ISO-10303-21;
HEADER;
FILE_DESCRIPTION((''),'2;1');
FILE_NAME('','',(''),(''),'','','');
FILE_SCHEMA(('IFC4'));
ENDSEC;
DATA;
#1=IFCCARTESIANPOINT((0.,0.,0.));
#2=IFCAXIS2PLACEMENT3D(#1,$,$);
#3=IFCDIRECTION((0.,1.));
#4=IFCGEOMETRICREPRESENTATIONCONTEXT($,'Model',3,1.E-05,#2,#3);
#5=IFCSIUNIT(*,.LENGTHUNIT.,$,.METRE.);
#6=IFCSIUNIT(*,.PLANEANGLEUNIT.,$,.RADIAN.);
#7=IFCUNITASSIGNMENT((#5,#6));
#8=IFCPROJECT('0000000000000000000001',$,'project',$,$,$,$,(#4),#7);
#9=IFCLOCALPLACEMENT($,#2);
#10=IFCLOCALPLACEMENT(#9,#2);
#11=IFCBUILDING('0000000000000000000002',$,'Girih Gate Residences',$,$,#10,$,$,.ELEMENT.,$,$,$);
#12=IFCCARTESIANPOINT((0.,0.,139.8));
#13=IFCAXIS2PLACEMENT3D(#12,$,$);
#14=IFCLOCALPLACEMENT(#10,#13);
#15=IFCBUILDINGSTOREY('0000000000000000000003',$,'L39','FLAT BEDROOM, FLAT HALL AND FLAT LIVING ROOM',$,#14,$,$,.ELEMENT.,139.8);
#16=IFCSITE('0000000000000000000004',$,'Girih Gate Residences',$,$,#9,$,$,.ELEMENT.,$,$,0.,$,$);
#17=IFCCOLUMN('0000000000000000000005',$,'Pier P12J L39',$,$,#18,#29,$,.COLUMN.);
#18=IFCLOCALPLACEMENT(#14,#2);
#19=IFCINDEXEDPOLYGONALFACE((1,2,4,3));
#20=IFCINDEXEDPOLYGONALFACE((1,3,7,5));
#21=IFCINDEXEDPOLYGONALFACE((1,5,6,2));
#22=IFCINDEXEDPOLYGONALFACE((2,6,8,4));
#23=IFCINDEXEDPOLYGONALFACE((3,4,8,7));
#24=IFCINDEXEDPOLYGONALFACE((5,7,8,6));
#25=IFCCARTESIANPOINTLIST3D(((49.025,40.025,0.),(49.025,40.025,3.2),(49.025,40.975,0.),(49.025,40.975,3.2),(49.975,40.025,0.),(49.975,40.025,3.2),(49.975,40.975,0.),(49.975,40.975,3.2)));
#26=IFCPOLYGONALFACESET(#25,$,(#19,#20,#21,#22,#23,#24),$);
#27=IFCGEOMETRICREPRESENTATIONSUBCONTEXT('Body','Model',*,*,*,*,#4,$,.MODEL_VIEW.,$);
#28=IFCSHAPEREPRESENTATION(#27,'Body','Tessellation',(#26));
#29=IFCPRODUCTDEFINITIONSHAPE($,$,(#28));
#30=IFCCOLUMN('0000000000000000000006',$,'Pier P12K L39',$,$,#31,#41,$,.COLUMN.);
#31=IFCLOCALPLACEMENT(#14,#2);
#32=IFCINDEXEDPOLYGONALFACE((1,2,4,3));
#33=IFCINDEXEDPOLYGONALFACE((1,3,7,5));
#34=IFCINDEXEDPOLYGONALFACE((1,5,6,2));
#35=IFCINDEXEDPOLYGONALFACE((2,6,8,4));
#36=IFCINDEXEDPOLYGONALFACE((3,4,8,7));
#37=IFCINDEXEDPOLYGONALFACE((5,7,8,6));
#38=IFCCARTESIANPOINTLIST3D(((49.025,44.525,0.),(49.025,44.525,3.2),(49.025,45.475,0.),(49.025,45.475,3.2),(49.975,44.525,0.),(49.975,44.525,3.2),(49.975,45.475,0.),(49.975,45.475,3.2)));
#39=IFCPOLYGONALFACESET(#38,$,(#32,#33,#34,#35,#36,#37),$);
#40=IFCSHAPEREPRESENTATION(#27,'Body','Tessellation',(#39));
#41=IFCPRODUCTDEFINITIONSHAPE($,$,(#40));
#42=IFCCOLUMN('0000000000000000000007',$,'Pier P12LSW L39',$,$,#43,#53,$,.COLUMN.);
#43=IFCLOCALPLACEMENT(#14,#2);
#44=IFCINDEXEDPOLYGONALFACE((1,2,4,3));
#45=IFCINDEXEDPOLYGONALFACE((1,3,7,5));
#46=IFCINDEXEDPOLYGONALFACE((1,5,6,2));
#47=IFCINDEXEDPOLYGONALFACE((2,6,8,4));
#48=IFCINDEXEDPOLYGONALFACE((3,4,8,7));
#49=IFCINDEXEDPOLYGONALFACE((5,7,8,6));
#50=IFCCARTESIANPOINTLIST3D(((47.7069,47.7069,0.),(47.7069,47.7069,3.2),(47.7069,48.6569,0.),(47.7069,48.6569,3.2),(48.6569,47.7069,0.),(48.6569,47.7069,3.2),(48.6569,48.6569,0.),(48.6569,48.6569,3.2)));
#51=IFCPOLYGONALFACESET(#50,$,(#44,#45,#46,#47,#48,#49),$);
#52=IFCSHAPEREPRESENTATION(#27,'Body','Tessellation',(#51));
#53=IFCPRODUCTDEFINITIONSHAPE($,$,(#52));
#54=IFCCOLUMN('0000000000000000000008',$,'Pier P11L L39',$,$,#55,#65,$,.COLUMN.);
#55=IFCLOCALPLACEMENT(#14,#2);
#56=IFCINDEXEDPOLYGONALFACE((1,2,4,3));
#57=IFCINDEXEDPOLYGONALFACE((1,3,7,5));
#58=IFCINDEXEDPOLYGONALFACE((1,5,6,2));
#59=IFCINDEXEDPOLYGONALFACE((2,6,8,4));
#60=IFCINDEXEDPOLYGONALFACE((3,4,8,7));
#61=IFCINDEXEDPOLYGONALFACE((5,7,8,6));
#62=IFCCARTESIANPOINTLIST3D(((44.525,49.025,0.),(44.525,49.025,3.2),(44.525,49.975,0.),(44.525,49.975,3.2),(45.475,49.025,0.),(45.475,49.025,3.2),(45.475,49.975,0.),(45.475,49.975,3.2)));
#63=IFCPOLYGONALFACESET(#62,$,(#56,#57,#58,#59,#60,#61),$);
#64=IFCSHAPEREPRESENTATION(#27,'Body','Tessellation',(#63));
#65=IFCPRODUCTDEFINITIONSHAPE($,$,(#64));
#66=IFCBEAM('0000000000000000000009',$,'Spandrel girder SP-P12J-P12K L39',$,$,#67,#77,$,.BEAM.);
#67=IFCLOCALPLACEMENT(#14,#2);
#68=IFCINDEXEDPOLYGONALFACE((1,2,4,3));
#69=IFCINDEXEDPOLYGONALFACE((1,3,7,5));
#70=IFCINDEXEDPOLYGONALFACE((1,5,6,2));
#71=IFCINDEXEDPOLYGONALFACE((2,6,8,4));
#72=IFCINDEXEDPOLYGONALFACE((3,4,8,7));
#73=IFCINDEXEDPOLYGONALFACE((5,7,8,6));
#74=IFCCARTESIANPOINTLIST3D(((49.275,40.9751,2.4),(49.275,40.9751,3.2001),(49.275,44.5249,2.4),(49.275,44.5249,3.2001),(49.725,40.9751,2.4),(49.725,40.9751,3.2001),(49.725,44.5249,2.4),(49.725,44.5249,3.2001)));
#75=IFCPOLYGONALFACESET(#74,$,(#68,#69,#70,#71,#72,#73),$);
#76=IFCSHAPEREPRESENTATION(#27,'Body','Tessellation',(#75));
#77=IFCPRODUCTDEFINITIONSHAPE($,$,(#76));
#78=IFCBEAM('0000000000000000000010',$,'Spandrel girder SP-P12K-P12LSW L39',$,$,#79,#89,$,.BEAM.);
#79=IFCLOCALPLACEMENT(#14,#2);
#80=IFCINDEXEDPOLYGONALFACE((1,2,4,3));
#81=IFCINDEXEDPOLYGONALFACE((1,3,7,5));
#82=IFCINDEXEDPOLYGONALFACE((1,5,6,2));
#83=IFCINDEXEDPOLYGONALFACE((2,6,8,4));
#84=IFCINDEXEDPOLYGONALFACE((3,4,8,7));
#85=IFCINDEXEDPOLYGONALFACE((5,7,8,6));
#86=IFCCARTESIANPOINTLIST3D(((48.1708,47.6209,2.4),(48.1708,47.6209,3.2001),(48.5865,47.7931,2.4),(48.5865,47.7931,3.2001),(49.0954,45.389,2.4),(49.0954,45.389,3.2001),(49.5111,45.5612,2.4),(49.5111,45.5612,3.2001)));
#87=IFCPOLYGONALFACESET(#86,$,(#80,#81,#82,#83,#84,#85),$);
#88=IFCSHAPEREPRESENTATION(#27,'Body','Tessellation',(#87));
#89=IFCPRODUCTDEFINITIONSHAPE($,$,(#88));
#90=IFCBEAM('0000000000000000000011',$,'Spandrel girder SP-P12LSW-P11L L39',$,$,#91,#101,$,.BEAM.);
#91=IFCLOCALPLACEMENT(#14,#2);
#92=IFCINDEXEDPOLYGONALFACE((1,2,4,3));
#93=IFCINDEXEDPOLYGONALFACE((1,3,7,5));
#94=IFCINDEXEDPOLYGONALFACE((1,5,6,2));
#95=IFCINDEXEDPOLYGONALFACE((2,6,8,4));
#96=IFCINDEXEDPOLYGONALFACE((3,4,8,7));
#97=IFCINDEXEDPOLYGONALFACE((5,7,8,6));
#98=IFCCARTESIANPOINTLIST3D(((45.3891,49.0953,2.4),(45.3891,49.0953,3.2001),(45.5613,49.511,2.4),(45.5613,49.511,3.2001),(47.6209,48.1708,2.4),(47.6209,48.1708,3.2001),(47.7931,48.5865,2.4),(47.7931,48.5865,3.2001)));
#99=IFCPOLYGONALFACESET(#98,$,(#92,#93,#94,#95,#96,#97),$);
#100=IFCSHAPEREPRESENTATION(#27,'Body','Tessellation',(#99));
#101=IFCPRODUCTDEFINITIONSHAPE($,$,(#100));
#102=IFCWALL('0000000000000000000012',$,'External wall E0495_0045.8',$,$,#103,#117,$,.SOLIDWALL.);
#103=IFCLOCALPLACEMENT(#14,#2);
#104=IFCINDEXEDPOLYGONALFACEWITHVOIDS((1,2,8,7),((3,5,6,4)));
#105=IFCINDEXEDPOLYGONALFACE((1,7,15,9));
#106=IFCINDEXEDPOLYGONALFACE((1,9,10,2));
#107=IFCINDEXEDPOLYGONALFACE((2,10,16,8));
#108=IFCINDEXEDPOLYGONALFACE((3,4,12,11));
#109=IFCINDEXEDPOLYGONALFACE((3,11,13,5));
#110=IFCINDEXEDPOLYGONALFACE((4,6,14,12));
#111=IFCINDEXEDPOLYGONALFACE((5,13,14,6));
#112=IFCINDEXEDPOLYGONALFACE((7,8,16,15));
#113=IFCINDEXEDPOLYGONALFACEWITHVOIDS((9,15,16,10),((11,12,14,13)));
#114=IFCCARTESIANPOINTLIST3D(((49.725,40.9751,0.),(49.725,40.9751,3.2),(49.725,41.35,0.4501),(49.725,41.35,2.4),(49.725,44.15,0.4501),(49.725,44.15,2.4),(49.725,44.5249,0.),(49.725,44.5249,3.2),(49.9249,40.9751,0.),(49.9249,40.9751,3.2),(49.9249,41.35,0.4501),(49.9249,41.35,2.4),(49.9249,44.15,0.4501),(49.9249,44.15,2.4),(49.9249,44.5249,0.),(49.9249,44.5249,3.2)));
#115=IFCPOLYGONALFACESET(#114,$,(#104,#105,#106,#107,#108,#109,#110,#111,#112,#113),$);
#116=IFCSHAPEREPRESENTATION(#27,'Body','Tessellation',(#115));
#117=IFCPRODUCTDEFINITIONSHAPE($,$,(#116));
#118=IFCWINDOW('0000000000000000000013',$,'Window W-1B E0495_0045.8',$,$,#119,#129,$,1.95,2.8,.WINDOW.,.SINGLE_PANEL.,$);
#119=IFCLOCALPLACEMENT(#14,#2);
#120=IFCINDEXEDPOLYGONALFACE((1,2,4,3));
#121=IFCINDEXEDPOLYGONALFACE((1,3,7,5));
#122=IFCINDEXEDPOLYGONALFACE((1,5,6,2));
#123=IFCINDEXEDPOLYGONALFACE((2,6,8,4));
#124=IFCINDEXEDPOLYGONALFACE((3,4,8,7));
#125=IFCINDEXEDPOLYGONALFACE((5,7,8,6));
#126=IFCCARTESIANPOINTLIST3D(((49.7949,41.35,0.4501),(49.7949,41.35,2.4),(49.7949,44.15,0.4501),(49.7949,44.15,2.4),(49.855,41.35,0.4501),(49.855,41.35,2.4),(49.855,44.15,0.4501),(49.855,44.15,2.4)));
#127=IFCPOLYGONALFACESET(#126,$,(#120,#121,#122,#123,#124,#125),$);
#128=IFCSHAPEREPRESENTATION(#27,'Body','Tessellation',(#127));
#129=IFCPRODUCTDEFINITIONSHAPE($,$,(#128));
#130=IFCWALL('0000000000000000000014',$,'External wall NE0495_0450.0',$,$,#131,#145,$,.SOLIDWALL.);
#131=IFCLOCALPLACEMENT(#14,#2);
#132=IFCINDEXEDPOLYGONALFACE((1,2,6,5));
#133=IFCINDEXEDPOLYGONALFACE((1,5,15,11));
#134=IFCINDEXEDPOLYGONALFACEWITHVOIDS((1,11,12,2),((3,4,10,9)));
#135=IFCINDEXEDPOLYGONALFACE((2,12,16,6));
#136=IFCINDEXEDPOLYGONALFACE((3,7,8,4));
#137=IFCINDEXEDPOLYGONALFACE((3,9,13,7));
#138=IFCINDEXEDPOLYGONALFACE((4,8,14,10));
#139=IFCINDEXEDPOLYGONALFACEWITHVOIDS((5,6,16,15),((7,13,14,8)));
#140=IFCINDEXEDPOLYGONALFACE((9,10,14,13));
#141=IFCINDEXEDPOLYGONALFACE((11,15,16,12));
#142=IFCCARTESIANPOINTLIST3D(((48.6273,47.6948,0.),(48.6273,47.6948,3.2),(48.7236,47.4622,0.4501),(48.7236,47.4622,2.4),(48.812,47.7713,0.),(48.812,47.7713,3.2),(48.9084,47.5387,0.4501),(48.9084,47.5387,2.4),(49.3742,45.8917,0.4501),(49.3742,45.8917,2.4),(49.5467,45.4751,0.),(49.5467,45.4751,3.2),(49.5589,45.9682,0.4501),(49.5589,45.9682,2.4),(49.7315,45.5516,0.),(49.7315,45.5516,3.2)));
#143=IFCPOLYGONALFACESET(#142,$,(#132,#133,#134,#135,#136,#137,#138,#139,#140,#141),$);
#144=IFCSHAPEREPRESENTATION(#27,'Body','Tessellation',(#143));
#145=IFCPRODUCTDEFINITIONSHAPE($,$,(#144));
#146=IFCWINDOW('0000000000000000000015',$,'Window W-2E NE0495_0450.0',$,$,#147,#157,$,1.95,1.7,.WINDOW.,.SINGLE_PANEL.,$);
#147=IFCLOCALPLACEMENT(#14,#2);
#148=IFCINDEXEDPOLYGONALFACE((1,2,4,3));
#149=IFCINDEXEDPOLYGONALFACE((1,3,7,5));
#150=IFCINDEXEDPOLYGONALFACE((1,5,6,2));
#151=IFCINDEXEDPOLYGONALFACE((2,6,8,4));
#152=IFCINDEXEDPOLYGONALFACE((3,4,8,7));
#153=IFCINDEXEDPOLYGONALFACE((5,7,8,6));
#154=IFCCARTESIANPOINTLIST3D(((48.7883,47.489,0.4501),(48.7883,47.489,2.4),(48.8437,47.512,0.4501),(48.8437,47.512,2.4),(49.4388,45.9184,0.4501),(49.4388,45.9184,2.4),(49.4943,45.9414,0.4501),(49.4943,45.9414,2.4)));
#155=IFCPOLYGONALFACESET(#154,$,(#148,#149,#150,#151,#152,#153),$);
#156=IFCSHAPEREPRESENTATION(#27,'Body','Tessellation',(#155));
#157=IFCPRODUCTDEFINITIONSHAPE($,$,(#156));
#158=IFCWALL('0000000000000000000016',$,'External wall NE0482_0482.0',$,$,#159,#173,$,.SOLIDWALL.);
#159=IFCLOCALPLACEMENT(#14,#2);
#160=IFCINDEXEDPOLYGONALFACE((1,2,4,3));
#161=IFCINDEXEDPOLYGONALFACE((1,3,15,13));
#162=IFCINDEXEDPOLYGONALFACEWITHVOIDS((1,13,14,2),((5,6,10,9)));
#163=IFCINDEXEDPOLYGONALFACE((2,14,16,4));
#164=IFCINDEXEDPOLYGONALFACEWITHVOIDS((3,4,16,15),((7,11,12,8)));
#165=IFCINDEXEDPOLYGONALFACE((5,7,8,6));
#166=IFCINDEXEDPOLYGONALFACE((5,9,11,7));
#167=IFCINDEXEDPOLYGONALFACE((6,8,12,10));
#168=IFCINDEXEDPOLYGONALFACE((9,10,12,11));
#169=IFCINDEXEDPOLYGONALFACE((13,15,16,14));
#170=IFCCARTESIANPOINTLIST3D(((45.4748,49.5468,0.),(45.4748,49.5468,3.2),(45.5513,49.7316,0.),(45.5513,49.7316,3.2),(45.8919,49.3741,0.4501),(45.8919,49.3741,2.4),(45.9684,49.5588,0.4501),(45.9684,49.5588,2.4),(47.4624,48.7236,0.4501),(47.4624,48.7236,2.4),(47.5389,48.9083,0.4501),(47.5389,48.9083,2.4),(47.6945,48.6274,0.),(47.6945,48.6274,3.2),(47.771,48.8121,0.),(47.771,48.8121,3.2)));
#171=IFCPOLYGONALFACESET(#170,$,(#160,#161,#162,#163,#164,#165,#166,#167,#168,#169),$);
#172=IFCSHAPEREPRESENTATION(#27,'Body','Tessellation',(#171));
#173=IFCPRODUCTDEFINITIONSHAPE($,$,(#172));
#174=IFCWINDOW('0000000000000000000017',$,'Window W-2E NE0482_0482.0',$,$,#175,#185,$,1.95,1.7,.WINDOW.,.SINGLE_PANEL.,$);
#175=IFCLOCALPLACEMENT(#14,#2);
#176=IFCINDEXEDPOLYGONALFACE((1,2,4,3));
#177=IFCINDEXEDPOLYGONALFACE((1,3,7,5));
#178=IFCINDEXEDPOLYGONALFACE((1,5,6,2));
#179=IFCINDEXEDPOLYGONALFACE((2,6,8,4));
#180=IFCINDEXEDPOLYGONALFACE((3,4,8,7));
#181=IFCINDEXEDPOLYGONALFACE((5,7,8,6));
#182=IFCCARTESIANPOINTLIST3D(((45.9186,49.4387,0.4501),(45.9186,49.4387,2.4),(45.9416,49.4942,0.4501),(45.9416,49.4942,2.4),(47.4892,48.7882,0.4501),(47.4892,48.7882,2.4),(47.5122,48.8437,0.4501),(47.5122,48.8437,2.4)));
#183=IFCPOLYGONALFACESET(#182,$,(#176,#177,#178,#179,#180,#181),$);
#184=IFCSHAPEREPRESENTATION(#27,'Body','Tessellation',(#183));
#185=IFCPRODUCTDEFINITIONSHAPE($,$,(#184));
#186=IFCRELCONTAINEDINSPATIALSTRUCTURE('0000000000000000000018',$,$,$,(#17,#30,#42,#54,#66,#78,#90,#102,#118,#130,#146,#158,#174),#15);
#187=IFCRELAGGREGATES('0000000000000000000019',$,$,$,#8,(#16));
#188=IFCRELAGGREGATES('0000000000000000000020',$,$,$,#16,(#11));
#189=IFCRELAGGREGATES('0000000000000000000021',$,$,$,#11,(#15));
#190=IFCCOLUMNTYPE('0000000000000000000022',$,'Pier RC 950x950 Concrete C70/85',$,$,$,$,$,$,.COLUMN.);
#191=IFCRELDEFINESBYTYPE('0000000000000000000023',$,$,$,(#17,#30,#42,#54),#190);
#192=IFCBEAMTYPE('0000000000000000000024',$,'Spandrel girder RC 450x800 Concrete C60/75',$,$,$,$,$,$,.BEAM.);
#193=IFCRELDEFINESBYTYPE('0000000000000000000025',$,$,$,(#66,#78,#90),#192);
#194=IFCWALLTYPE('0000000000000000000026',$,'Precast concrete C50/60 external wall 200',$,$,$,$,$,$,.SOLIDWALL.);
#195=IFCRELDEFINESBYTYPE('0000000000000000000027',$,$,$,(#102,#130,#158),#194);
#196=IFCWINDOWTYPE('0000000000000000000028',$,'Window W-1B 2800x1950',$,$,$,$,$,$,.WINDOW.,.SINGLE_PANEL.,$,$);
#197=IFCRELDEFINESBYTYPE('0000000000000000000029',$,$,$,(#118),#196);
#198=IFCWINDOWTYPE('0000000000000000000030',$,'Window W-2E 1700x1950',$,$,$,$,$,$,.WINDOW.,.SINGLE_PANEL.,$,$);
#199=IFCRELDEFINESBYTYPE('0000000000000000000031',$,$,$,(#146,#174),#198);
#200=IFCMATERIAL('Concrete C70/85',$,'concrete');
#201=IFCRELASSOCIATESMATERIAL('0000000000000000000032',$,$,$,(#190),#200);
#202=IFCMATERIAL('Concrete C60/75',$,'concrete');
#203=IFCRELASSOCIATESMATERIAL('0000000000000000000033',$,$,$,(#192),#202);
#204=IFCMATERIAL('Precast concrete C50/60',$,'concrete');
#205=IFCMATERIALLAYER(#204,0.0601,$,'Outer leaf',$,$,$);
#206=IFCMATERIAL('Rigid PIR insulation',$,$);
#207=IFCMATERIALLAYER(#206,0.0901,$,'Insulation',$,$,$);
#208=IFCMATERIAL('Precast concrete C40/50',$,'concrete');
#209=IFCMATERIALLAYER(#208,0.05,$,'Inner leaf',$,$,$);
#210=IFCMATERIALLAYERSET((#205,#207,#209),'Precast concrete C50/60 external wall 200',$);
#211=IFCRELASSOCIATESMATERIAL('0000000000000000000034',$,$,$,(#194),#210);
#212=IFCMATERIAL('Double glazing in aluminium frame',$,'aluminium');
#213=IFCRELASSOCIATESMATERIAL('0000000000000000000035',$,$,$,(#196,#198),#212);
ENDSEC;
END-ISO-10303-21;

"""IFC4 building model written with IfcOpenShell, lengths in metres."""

from ifc_helpers import new_model, si_unit, direction, frame, frame_2d, origin, origin_2d, place, context, subcontext, project, spatial, rectangle, extrude, material, layer, layer_set, material_profile, profile_set, type_object, element, fill, save


model = new_model("IFC4")

# Units and contexts
model_context = context("Model", 3, precision=1e-05, world=origin(), true_north=direction((0.0, 1.0)))
body_context = subcontext(model_context, "Body", "Model", "MODEL_VIEW")
ifc_project = project(units=[si_unit("LENGTHUNIT", "METRE"), si_unit("PLANEANGLEUNIT", "RADIAN")], contexts=[model_context])

# Site, building, storey
site_placement = place(None, origin())
site = spatial("IfcSite", under=ifc_project, at=site_placement, Name="Girih Gate Residences", CompositionType="ELEMENT", RefElevation=0.0)
building_placement = place(site_placement, origin())
building = spatial("IfcBuilding", under=site, at=building_placement, Name="Girih Gate Residences", CompositionType="ELEMENT")
storey_placement = place(building_placement, frame((0.0, 0.0, 139.8)))
storey = spatial("IfcBuildingStorey", under=building, at=storey_placement, Name="L39", Description="FLAT BEDROOM, FLAT HALL AND FLAT LIVING ROOM", CompositionType="ELEMENT", Elevation=139.8)

# Columns
ifc_material_1 = material(Name="Concrete C70/85", Category="concrete")
ifc_material_profile_1 = material_profile(ifc_material_1, rectangle(XDim=0.95, YDim=0.95, at=origin_2d()))
ifc_profile_set_1 = profile_set([ifc_material_profile_1], Name="Concrete C70/85")
column_type = type_object("IfcColumnType", Name="Pier RC 950x950 Concrete C70/85", PredefinedType="COLUMN", material=ifc_profile_set_1)
for number, where, z_axis, x_axis, name in (
    (1, (49.5, 40.5, 0.0), (0.0, 0.0, 1.0), (1.0, 0.0, 0.0), "Pier P12J L39"),
    (2, (49.5, 45.0, 0.0), (0.0, 0.0, 1.0), (1.0, 0.0, 0.0), "Pier P12K L39"),
    (3, (48.1819, 48.1819, 0.0), (0.0, 0.0, 1.0), (1.0, 0.0, 0.0), "Pier P12LSW L39"),
    (4, (45.0, 49.5, 0.0), (0.0, 0.0, 1.0), (1.0, 0.0, 0.0), "Pier P11L L39"),
):
    element("IfcColumn", number, at=place(storey_placement, frame(where, z_axis=z_axis, x_axis=x_axis)), inside=storey, type_object=column_type, Name=name, PredefinedType="COLUMN", context=body_context, shape_type="SweptSolid", body=[
        extrude(rectangle(XDim=0.95, YDim=0.95, at=origin_2d()), origin(), (0.0, 0.0, 1.0), 3.2),
    ])

# Beams
ifc_material_2 = material(Name="Concrete C60/75", Category="concrete")
ifc_material_profile_2 = material_profile(ifc_material_2, rectangle(XDim=0.45, YDim=0.8, at=origin_2d()))
ifc_profile_set_2 = profile_set([ifc_material_profile_2], Name="Concrete C60/75")
beam_type = type_object("IfcBeamType", Name="Spandrel girder RC 450x800 Concrete C60/75", PredefinedType="BEAM", material=ifc_profile_set_2)
beam_placement = place(storey_placement, frame((49.5, 40.9751, 2.8), z_axis=(0.0, 1.0, 0.0), x_axis=(-1.0, 0.0, 0.0)))
element("IfcBeam", 5, at=beam_placement, inside=storey, type_object=beam_type, Name="Spandrel girder SP-P12J-P12K L39", PredefinedType="BEAM", context=body_context, shape_type="SweptSolid", body=[
    extrude(rectangle(XDim=0.45, YDim=0.8, at=origin_2d()), origin(), (0.0, 0.0, 1.0), 3.5498),
])
for number, where, z_axis, x_axis, name in (
    (6, (49.3032, 45.4751, 2.8), (-0.382706, 0.92387, 0.0), (-0.92387, -0.382706, 0.0), "Spandrel girder SP-P12K-P12LSW L39"),
    (7, (47.707, 48.3787, 2.8), (-0.92387, 0.382706, 0.0), (-0.382706, -0.92387, 0.0), "Spandrel girder SP-P12LSW-P11L L39"),
):
    element("IfcBeam", number, at=place(storey_placement, frame(where, z_axis=z_axis, x_axis=x_axis)), inside=storey, type_object=beam_type, Name=name, PredefinedType="BEAM", context=body_context, shape_type="SweptSolid", body=[
        extrude(rectangle(XDim=0.45, YDim=0.8, at=origin_2d()), origin(), (0.0, 0.0, 1.0), 2.4158),
    ])

# Walls, openings, windows
ifc_material_3 = material(Name="Precast concrete C50/60", Category="concrete")
ifc_layer_1 = layer(ifc_material_3, 0.0601, Name="Outer leaf")
ifc_material_4 = material(Name="Rigid PIR insulation")
ifc_layer_2 = layer(ifc_material_4, 0.0901, Name="Insulation")
ifc_material_5 = material(Name="Precast concrete C40/50", Category="concrete")
ifc_layer_3 = layer(ifc_material_5, 0.05, Name="Inner leaf")
ifc_layer_set = layer_set([ifc_layer_1, ifc_layer_2, ifc_layer_3], Name="Precast concrete C50/60 external wall 200")
wall_type = type_object("IfcWallType", Name="Precast concrete C50/60 external wall 200", PredefinedType="SOLIDWALL", material=ifc_layer_set)
wall_1_placement = place(storey_placement, frame((49.825, 44.5249, 0.0), z_axis=(0.0, 0.0, 1.0), x_axis=(0.0, -1.0, 0.0)))
wall_1 = element("IfcWall", 8, at=wall_1_placement, inside=storey, type_object=wall_type, Name="External wall E0495_0045.8", PredefinedType="SOLIDWALL", context=body_context, shape_type="SweptSolid", body=[
    extrude(rectangle(XDim=3.5498, YDim=0.2, at=frame_2d((1.7749, 0.0))), origin(), (0.0, 0.0, 1.0), 3.2),
])
opening_1_placement = place(wall_1_placement, frame((0.375, 0.0, 0.45)))
opening_1 = element("IfcOpeningElement", 9, at=opening_1_placement, cuts=wall_1, PredefinedType="OPENING", context=body_context, shape_type="SweptSolid", body=[
    extrude(rectangle(XDim=2.8, YDim=1.95, at=frame_2d((1.3999, 0.9751))), frame((0.0, 0.1099, 0.0), z_axis=(0.0, -1.0, 0.0), x_axis=(1.0, 0.0, 0.0)), (0.0, 0.0, 1.0), 0.22),
])
ifc_material_6 = material(Name="Double glazing in aluminium frame", Category="aluminium")
window_type_1 = type_object("IfcWindowType", Name="Window W-1B 2800x1950", PartitioningType="SINGLE_PANEL", PredefinedType="WINDOW", material=ifc_material_6)
window_1_placement = place(opening_1_placement, origin())
window_1 = element("IfcWindow", 10, at=window_1_placement, inside=storey, type_object=window_type_1, Name="Window W-1B E0495_0045.8", OverallHeight=1.95, OverallWidth=2.8, PartitioningType="SINGLE_PANEL", PredefinedType="WINDOW", context=body_context, shape_type="SweptSolid", body=[
    extrude(rectangle(XDim=2.8, YDim=1.95, at=frame_2d((1.3999, 0.9751))), frame((0.0, 0.03, 0.0), z_axis=(0.0, -1.0, 0.0), x_axis=(1.0, 0.0, 0.0)), (0.0, 0.0, 1.0), 0.0601),
])
fill(opening_1, window_1)
wall_2_placement = place(storey_placement, frame((48.7197, 47.7329, 0.0), z_axis=(0.0, 0.0, 1.0), x_axis=(0.382681, -0.923881, 0.0)))
wall_2 = element("IfcWall", 11, at=wall_2_placement, inside=storey, type_object=wall_type, Name="External wall NE0495_0450.0", PredefinedType="SOLIDWALL", context=body_context, shape_type="SweptSolid", body=[
    extrude(rectangle(XDim=2.4026, YDim=0.2, at=frame_2d((1.2012, 0.0))), origin(), (0.0, 0.0, 1.0), 3.2),
])
opening_2_placement = place(wall_2_placement, frame((0.2515, 0.0, 0.45)))
opening_2 = element("IfcOpeningElement", 12, at=opening_2_placement, cuts=wall_2, PredefinedType="OPENING", context=body_context, shape_type="SweptSolid", body=[
    extrude(rectangle(XDim=1.7, YDim=1.95, at=frame_2d((0.8501, 0.9751))), frame((0.0, 0.1099, 0.0), z_axis=(0.0, -1.0, 0.0), x_axis=(1.0, 0.0, 0.0)), (0.0, 0.0, 1.0), 0.22),
])
window_type_2 = type_object("IfcWindowType", Name="Window W-2E 1700x1950", PartitioningType="SINGLE_PANEL", PredefinedType="WINDOW", material=ifc_material_6)
window_2_placement = place(opening_2_placement, origin())
window_2 = element("IfcWindow", 13, at=window_2_placement, inside=storey, type_object=window_type_2, Name="Window W-2E NE0495_0450.0", OverallHeight=1.95, OverallWidth=1.7, PartitioningType="SINGLE_PANEL", PredefinedType="WINDOW", context=body_context, shape_type="SweptSolid", body=[
    extrude(rectangle(XDim=1.7, YDim=1.95, at=frame_2d((0.8501, 0.9751))), frame((0.0, 0.03, 0.0), z_axis=(0.0, -1.0, 0.0), x_axis=(1.0, 0.0, 0.0)), (0.0, 0.0, 1.0), 0.0601),
])
fill(opening_2, window_2)
wall_3_placement = place(storey_placement, frame((45.5132, 49.6392, 0.0), z_axis=(0.0, 0.0, 1.0), x_axis=(0.923881, -0.382681, 0.0)))
wall_3 = element("IfcWall", 14, at=wall_3_placement, inside=storey, type_object=wall_type, Name="External wall NE0482_0482.0", PredefinedType="SOLIDWALL", context=body_context, shape_type="SweptSolid", body=[
    extrude(rectangle(XDim=2.4026, YDim=0.2, at=frame_2d((1.2012, 0.0))), origin(), (0.0, 0.0, 1.0), 3.2),
])
opening_3_placement = place(wall_3_placement, frame((0.4512, 0.0, 0.45)))
opening_3 = element("IfcOpeningElement", 15, at=opening_3_placement, cuts=wall_3, PredefinedType="OPENING", context=body_context, shape_type="SweptSolid", body=[
    extrude(rectangle(XDim=1.7, YDim=1.95, at=frame_2d((0.8501, 0.9751))), frame((0.0, 0.1099, 0.0), z_axis=(0.0, -1.0, 0.0), x_axis=(1.0, 0.0, 0.0)), (0.0, 0.0, 1.0), 0.22),
])
window_3_placement = place(opening_3_placement, origin())
window_3 = element("IfcWindow", 16, at=window_3_placement, inside=storey, type_object=window_type_2, Name="Window W-2E NE0482_0482.0", OverallHeight=1.95, OverallWidth=1.7, PartitioningType="SINGLE_PANEL", PredefinedType="WINDOW", context=body_context, shape_type="SweptSolid", body=[
    extrude(rectangle(XDim=1.7, YDim=1.95, at=frame_2d((0.8501, 0.9751))), frame((0.0, 0.03, 0.0), z_axis=(0.0, -1.0, 0.0), x_axis=(1.0, 0.0, 0.0)), (0.0, 0.0, 1.0), 0.0601),
])
fill(opening_3, window_3)

save(model, "model.ifc")
